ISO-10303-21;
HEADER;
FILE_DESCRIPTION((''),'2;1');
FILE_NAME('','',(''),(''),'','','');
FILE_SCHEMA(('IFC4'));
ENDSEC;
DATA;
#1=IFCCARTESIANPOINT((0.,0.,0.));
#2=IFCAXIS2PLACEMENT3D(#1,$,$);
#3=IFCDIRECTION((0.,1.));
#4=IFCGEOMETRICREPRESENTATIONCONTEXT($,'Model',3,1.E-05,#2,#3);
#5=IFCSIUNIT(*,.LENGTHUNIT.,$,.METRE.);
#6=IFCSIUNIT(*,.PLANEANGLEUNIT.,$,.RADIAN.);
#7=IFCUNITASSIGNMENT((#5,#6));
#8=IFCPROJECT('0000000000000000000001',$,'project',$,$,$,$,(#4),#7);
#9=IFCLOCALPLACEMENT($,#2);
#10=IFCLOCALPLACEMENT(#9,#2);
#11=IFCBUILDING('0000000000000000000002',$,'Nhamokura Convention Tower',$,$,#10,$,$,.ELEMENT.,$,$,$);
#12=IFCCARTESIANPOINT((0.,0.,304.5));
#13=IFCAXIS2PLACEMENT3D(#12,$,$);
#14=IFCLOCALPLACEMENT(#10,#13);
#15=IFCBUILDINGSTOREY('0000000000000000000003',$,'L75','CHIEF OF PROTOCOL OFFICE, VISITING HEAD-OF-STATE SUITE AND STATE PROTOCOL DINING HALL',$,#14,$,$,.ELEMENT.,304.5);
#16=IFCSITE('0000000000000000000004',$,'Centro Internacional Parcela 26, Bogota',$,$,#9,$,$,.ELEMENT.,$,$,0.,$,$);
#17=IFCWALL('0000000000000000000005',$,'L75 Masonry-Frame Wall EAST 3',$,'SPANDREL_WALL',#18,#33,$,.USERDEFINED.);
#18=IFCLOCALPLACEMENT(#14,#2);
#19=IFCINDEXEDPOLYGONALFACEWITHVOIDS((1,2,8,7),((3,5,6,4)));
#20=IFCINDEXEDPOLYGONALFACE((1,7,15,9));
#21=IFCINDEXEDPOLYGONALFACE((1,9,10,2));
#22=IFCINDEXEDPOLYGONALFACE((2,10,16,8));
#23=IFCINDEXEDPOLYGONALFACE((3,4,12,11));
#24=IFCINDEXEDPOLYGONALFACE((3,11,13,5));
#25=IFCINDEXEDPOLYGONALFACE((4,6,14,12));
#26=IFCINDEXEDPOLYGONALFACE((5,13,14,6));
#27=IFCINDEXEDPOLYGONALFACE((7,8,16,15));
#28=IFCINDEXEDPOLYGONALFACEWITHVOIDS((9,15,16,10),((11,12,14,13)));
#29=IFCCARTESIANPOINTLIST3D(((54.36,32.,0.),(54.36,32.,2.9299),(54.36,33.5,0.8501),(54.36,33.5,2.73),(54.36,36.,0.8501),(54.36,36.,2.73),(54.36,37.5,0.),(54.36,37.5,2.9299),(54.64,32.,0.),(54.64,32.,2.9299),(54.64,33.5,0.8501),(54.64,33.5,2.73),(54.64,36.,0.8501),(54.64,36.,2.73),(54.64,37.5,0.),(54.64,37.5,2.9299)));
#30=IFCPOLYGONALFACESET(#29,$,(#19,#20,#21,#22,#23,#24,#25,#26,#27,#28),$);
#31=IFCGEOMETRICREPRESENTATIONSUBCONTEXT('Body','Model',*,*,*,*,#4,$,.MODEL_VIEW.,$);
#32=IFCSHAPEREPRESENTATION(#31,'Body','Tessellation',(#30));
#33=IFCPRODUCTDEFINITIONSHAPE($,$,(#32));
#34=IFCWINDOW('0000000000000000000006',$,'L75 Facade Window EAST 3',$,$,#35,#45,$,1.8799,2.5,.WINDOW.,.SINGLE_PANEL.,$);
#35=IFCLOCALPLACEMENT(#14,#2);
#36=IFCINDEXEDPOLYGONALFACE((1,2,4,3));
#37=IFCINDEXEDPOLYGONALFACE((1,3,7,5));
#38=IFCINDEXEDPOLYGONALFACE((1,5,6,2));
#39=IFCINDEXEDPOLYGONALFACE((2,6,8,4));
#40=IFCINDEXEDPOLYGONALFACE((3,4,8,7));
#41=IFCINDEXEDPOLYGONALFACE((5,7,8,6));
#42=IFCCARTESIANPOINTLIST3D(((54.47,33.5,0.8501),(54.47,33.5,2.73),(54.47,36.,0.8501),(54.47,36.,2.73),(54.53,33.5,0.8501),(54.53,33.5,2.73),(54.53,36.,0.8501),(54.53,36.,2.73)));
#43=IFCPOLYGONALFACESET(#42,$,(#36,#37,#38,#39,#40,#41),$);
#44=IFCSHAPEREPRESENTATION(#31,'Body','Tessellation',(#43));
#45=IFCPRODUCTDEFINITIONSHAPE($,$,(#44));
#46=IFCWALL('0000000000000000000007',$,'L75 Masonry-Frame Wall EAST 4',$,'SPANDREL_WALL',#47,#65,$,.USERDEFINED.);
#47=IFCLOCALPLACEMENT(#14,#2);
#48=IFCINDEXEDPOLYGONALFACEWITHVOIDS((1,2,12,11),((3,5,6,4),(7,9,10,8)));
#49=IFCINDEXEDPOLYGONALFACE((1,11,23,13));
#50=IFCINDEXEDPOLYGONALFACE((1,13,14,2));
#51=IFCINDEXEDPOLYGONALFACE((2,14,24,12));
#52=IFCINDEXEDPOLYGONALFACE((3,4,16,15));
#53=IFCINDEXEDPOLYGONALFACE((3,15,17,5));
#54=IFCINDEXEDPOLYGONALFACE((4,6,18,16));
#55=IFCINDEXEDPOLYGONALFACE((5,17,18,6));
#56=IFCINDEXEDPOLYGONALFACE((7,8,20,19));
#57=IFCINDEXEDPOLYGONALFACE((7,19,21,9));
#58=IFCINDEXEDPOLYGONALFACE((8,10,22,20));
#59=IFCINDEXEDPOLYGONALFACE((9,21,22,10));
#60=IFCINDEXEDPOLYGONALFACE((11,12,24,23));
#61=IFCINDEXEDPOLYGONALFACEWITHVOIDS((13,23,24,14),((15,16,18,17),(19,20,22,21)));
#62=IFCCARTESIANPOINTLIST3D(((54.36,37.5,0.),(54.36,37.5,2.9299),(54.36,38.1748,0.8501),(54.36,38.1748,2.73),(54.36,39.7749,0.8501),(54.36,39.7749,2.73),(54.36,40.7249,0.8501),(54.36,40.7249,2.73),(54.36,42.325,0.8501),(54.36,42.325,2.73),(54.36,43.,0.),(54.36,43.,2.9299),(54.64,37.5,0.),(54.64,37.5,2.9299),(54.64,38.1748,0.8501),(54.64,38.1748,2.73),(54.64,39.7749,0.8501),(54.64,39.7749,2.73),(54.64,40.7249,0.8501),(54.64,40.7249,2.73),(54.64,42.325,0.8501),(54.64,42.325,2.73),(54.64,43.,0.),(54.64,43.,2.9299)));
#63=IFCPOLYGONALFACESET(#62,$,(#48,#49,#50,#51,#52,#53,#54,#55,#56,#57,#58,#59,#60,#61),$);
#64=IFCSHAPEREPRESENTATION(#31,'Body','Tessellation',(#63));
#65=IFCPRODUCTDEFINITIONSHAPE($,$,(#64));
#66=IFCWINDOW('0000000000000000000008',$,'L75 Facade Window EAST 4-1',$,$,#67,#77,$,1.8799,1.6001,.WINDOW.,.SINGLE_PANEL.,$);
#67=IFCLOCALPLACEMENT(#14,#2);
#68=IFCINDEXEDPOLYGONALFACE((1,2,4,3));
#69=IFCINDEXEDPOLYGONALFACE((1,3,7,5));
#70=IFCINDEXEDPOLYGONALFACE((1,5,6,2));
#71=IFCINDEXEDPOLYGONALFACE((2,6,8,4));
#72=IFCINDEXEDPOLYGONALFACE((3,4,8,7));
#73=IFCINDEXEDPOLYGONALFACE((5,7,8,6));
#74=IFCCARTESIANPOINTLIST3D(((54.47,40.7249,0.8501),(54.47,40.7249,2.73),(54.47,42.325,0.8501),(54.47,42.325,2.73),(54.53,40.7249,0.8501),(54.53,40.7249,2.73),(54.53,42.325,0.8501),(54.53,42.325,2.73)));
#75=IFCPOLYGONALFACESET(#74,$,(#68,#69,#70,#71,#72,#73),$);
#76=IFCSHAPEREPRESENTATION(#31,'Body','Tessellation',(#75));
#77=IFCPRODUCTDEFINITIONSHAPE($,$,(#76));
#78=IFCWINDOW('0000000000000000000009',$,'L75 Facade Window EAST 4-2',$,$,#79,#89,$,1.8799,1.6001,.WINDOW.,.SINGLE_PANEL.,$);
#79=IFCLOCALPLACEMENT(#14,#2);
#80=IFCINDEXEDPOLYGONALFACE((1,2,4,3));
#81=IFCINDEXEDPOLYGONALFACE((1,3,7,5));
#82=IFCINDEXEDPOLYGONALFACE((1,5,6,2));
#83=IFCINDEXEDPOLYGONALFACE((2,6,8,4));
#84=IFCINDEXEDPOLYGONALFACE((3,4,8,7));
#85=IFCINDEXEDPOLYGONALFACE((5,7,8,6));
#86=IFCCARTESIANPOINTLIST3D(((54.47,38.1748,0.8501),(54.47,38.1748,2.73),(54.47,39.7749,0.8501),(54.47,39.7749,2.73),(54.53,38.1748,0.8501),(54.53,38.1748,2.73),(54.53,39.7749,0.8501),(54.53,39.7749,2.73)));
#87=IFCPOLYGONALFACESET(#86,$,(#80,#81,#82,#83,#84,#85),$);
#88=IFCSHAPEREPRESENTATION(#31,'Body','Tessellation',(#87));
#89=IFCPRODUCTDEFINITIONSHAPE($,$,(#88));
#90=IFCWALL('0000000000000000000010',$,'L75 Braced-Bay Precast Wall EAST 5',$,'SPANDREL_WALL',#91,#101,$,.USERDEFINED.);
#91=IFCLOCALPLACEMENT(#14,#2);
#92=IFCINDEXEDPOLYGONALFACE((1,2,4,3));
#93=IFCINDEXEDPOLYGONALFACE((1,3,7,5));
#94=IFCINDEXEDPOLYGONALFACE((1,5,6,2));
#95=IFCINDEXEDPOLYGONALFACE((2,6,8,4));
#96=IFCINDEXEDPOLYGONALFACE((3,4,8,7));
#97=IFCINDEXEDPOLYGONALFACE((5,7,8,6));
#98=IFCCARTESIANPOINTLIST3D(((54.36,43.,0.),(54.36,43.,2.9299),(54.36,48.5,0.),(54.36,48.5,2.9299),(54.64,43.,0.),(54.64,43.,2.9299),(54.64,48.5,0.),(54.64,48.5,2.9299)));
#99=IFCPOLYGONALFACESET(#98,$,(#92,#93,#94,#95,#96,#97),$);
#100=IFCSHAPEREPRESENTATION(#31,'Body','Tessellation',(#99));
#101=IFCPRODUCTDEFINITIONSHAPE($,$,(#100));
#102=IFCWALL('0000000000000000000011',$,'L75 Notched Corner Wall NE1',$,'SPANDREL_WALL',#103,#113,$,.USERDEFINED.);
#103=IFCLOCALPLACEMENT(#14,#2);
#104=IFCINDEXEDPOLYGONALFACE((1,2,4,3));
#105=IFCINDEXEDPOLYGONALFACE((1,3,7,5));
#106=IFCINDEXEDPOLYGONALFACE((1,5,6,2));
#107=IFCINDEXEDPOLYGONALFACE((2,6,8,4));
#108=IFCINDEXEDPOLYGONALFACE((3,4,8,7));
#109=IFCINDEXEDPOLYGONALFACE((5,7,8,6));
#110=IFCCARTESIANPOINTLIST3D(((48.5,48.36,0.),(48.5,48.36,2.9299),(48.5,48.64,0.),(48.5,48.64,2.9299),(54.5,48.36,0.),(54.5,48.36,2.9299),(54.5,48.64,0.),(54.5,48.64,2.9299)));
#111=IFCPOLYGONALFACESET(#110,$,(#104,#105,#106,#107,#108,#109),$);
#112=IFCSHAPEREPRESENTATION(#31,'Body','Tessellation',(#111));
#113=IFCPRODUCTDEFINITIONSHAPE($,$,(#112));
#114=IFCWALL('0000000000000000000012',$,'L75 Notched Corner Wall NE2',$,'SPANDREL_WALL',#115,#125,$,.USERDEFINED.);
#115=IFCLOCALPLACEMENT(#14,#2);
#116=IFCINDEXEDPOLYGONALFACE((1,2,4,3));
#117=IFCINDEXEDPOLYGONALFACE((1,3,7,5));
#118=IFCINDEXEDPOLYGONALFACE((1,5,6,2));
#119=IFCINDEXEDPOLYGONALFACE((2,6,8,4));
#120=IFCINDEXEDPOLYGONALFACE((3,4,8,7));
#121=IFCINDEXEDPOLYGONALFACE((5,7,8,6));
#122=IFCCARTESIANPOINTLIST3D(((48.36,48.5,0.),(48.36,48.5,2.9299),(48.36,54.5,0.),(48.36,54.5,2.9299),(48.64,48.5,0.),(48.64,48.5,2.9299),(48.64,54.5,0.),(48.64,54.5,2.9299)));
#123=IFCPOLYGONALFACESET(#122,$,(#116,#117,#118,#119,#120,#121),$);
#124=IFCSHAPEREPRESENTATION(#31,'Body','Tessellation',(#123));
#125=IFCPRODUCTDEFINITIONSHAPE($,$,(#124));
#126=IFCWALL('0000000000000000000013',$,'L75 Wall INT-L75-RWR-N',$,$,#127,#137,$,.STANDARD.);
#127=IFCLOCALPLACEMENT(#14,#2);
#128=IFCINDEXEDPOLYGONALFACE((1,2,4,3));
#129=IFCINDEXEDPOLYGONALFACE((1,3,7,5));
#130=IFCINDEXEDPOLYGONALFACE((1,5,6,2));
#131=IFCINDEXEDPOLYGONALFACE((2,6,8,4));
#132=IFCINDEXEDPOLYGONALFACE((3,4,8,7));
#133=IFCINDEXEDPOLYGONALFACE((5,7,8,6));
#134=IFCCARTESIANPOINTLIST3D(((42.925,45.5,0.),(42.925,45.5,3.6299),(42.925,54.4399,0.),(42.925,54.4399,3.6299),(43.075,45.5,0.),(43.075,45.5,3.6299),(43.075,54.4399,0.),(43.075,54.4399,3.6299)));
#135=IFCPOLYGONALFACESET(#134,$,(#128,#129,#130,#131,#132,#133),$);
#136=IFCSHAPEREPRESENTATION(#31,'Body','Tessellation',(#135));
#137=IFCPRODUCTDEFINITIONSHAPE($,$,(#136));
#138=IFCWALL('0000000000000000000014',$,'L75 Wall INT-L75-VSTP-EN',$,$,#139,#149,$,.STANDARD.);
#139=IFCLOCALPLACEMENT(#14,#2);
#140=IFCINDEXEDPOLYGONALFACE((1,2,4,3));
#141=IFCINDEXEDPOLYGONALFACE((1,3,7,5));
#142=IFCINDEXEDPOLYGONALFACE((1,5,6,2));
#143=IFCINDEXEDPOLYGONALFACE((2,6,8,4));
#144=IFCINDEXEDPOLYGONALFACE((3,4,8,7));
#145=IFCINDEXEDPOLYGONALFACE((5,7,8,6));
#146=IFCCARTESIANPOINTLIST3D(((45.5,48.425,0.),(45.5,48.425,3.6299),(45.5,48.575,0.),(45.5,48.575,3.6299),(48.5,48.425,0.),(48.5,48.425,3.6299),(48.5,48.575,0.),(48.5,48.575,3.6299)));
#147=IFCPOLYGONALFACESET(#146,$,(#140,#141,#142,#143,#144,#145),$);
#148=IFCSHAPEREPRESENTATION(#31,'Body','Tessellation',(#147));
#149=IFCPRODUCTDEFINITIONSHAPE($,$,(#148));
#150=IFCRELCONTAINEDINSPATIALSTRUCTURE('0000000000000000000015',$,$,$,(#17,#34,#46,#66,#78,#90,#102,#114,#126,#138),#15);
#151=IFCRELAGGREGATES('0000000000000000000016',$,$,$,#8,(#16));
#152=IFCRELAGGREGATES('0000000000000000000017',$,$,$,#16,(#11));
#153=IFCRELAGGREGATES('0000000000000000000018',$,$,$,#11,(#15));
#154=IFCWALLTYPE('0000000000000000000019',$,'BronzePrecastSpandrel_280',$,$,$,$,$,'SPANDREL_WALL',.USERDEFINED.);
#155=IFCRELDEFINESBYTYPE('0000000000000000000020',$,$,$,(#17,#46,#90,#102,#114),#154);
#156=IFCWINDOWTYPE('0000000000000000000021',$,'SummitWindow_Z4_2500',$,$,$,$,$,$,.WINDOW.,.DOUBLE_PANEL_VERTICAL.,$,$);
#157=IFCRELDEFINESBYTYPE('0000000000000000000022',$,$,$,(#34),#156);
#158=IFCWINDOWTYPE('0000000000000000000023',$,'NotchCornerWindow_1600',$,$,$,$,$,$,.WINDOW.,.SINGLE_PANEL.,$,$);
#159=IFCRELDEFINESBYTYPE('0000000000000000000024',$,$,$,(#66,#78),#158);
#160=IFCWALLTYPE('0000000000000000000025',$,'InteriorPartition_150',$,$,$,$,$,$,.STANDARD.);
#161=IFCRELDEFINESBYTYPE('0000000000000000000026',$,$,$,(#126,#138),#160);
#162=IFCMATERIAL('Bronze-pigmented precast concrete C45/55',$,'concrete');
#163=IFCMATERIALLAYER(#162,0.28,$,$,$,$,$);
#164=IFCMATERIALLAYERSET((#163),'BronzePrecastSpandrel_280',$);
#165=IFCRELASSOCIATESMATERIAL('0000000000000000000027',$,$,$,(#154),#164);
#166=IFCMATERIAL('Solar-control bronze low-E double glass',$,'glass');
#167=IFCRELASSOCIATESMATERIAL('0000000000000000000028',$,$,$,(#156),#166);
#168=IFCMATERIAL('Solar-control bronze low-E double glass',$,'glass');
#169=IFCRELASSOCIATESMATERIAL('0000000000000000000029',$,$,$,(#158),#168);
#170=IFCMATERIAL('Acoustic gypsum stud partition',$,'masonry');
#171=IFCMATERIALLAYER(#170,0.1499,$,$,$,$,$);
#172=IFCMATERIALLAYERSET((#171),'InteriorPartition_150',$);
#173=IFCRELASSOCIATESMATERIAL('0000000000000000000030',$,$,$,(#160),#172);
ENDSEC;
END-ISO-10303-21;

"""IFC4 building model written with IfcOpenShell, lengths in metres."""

from ifc_helpers import new_model, si_unit, direction, frame, frame_2d, origin, place, context, subcontext, project, spatial, rectangle, extrude, material, layer, layer_set, type_object, element, fill, save


model = new_model("IFC4")

# Units and contexts
model_context = context("Model", 3, precision=1e-05, world=origin(), true_north=direction((0.0, 1.0)))
body_context = subcontext(model_context, "Body", "Model", "MODEL_VIEW")
ifc_project = project(units=[si_unit("LENGTHUNIT", "METRE"), si_unit("PLANEANGLEUNIT", "RADIAN")], contexts=[model_context])

# Site, building, storey
site_placement = place(None, origin())
site = spatial("IfcSite", under=ifc_project, at=site_placement, Name="Centro Internacional Parcela 26, Bogota", CompositionType="ELEMENT", RefElevation=0.0)
building_placement = place(site_placement, origin())
building = spatial("IfcBuilding", under=site, at=building_placement, Name="Nhamokura Convention Tower", CompositionType="ELEMENT")
storey_placement = place(building_placement, frame((0.0, 0.0, 304.5)))
storey = spatial("IfcBuildingStorey", under=building, at=storey_placement, Name="L75", Description="CHIEF OF PROTOCOL OFFICE, VISITING HEAD-OF-STATE SUITE AND STATE PROTOCOL DINING HALL", CompositionType="ELEMENT", Elevation=304.5)

# Shared definitions
ifc_material_1 = material(Name="Bronze-pigmented precast concrete C45/55", Category="concrete")
ifc_layer_1 = layer(ifc_material_1, 0.28)
ifc_layer_set_1 = layer_set([ifc_layer_1], Name="BronzePrecastSpandrel_280")
wall_type_1 = type_object("IfcWallType", Name="BronzePrecastSpandrel_280", ElementType="SPANDREL_WALL", PredefinedType="USERDEFINED", material=ifc_layer_set_1)

# Wall, opening, window
ifc_material_2 = material(Name="Solar-control bronze low-E double glass", Category="glass")
window_type_1 = type_object("IfcWindowType", Name="SummitWindow_Z4_2500", PartitioningType="DOUBLE_PANEL_VERTICAL", PredefinedType="WINDOW", material=ifc_material_2)
wall_1_placement = place(storey_placement, frame((54.5, 37.5, 0.0), z_axis=(0.0, 0.0, 1.0), x_axis=(0.0, -1.0, 0.0)))
wall_1 = element("IfcWall", 1, at=wall_1_placement, inside=storey, type_object=wall_type_1, Name="L75 Masonry-Frame Wall EAST 3", ObjectType="SPANDREL_WALL", PredefinedType="USERDEFINED", context=body_context, shape_type="SweptSolid", body=[
    extrude(rectangle(XDim=5.5, YDim=0.28, at=frame_2d((2.75, 0.0))), origin(), (0.0, 0.0, 1.0), 2.9299),
])
opening_1_placement = place(wall_1_placement, frame((1.5, 0.0, 0.8501)))
opening_1 = element("IfcOpeningElement", 2, at=opening_1_placement, cuts=wall_1, PredefinedType="OPENING", context=body_context, shape_type="SweptSolid", body=[
    extrude(rectangle(XDim=2.5, YDim=1.8799, at=frame_2d((1.25, 0.9399))), frame((0.0, 0.1499, 0.0), z_axis=(0.0, -1.0, 0.0), x_axis=(1.0, 0.0, 0.0)), (0.0, 0.0, 1.0), 0.3),
])
window_1_placement = place(opening_1_placement, origin())
window_1 = element("IfcWindow", 3, at=window_1_placement, inside=storey, type_object=window_type_1, Name="L75 Facade Window EAST 3", OverallHeight=1.8799, OverallWidth=2.5, PartitioningType="SINGLE_PANEL", PredefinedType="WINDOW", context=body_context, shape_type="SweptSolid", body=[
    extrude(rectangle(XDim=2.5, YDim=1.8799, at=frame_2d((1.25, 0.9399))), frame((0.0, 0.03, 0.0), z_axis=(0.0, -1.0, 0.0), x_axis=(1.0, 0.0, 0.0)), (0.0, 0.0, 1.0), 0.0601),
])
fill(opening_1, window_1)

# Wall, openings, windows
wall_2_placement = place(storey_placement, frame((54.5, 43.0, 0.0), z_axis=(0.0, 0.0, 1.0), x_axis=(0.0, -1.0, 0.0)))
wall_2 = element("IfcWall", 4, at=wall_2_placement, inside=storey, type_object=wall_type_1, Name="L75 Masonry-Frame Wall EAST 4", ObjectType="SPANDREL_WALL", PredefinedType="USERDEFINED", context=body_context, shape_type="SweptSolid", body=[
    extrude(rectangle(XDim=5.5, YDim=0.28, at=frame_2d((2.75, 0.0))), origin(), (0.0, 0.0, 1.0), 2.9299),
])
opening_2_placement = place(wall_2_placement, frame((0.675, 0.0, 0.8501)))
opening_2 = element("IfcOpeningElement", 5, at=opening_2_placement, cuts=wall_2, PredefinedType="OPENING", context=body_context, shape_type="SweptSolid", body=[
    extrude(rectangle(XDim=1.6001, YDim=1.8799, at=frame_2d((0.8, 0.9399))), frame((0.0, 0.1499, 0.0), z_axis=(0.0, -1.0, 0.0), x_axis=(1.0, 0.0, 0.0)), (0.0, 0.0, 1.0), 0.3),
])
opening_3_placement = place(wall_2_placement, frame((3.2251, 0.0, 0.8501)))
opening_3 = element("IfcOpeningElement", 6, at=opening_3_placement, cuts=wall_2, PredefinedType="OPENING", context=body_context, shape_type="SweptSolid", body=[
    extrude(rectangle(XDim=1.6001, YDim=1.8799, at=frame_2d((0.8, 0.9399))), frame((0.0, 0.1499, 0.0), z_axis=(0.0, -1.0, 0.0), x_axis=(1.0, 0.0, 0.0)), (0.0, 0.0, 1.0), 0.3),
])
ifc_material_3 = material(Name="Solar-control bronze low-E double glass", Category="glass")
window_type_2 = type_object("IfcWindowType", Name="NotchCornerWindow_1600", PartitioningType="SINGLE_PANEL", PredefinedType="WINDOW", material=ifc_material_3)
window_2_placement = place(opening_2_placement, origin())
window_2 = element("IfcWindow", 7, at=window_2_placement, inside=storey, type_object=window_type_2, Name="L75 Facade Window EAST 4-1", OverallHeight=1.8799, OverallWidth=1.6001, PartitioningType="SINGLE_PANEL", PredefinedType="WINDOW", context=body_context, shape_type="SweptSolid", body=[
    extrude(rectangle(XDim=1.6001, YDim=1.8799, at=frame_2d((0.8, 0.9399))), frame((0.0, 0.03, 0.0), z_axis=(0.0, -1.0, 0.0), x_axis=(1.0, 0.0, 0.0)), (0.0, 0.0, 1.0), 0.0601),
])
fill(opening_2, window_2)
window_3_placement = place(opening_3_placement, origin())
window_3 = element("IfcWindow", 8, at=window_3_placement, inside=storey, type_object=window_type_2, Name="L75 Facade Window EAST 4-2", OverallHeight=1.8799, OverallWidth=1.6001, PartitioningType="SINGLE_PANEL", PredefinedType="WINDOW", context=body_context, shape_type="SweptSolid", body=[
    extrude(rectangle(XDim=1.6001, YDim=1.8799, at=frame_2d((0.8, 0.9399))), frame((0.0, 0.03, 0.0), z_axis=(0.0, -1.0, 0.0), x_axis=(1.0, 0.0, 0.0)), (0.0, 0.0, 1.0), 0.0601),
])
fill(opening_3, window_3)

# Walls
wall_3_placement = place(storey_placement, frame((54.5, 48.5, 0.0), z_axis=(0.0, 0.0, 1.0), x_axis=(0.0, -1.0, 0.0)))
element("IfcWall", 9, at=wall_3_placement, inside=storey, type_object=wall_type_1, Name="L75 Braced-Bay Precast Wall EAST 5", ObjectType="SPANDREL_WALL", PredefinedType="USERDEFINED", context=body_context, shape_type="SweptSolid", body=[
    extrude(rectangle(XDim=5.5, YDim=0.28, at=frame_2d((2.75, 0.0))), origin(), (0.0, 0.0, 1.0), 2.9299),
])
for number, where, z_axis, x_axis, name in (
    (10, (48.5, 48.5, 0.0), (0.0, 0.0, 1.0), (1.0, 0.0, 0.0), "L75 Notched Corner Wall NE1"),
    (11, (48.5, 54.5, 0.0), (0.0, 0.0, 1.0), (0.0, -1.0, 0.0), "L75 Notched Corner Wall NE2"),
):
    element("IfcWall", number, at=place(storey_placement, frame(where, z_axis=z_axis, x_axis=x_axis)), inside=storey, type_object=wall_type_1, Name=name, ObjectType="SPANDREL_WALL", PredefinedType="USERDEFINED", context=body_context, shape_type="SweptSolid", body=[
        extrude(rectangle(XDim=6.0, YDim=0.28, at=frame_2d((3.0, 0.0))), origin(), (0.0, 0.0, 1.0), 2.9299),
    ])
ifc_material_4 = material(Name="Acoustic gypsum stud partition", Category="masonry")
ifc_layer_2 = layer(ifc_material_4, 0.1499)
ifc_layer_set_2 = layer_set([ifc_layer_2], Name="InteriorPartition_150")
wall_type_2 = type_object("IfcWallType", Name="InteriorPartition_150", PredefinedType="STANDARD", material=ifc_layer_set_2)
wall_4_placement = place(storey_placement, frame((43.0, 45.5, 0.0), z_axis=(0.0, 0.0, 1.0), x_axis=(0.0, 1.0, 0.0)))
element("IfcWall", 12, at=wall_4_placement, inside=storey, type_object=wall_type_2, Name="L75 Wall INT-L75-RWR-N", PredefinedType="STANDARD", context=body_context, shape_type="SweptSolid", body=[
    extrude(rectangle(XDim=8.9399, YDim=0.1499, at=frame_2d((4.47, 0.0))), origin(), (0.0, 0.0, 1.0), 3.6299),
])
wall_5_placement = place(storey_placement, frame((45.5, 48.5, 0.0), z_axis=(0.0, 0.0, 1.0), x_axis=(1.0, 0.0, 0.0)))
element("IfcWall", 13, at=wall_5_placement, inside=storey, type_object=wall_type_2, Name="L75 Wall INT-L75-VSTP-EN", PredefinedType="STANDARD", context=body_context, shape_type="SweptSolid", body=[
    extrude(rectangle(XDim=3.0, YDim=0.1499, at=frame_2d((1.5, 0.0))), origin(), (0.0, 0.0, 1.0), 3.6299),
])

save(model, "model.ifc")
